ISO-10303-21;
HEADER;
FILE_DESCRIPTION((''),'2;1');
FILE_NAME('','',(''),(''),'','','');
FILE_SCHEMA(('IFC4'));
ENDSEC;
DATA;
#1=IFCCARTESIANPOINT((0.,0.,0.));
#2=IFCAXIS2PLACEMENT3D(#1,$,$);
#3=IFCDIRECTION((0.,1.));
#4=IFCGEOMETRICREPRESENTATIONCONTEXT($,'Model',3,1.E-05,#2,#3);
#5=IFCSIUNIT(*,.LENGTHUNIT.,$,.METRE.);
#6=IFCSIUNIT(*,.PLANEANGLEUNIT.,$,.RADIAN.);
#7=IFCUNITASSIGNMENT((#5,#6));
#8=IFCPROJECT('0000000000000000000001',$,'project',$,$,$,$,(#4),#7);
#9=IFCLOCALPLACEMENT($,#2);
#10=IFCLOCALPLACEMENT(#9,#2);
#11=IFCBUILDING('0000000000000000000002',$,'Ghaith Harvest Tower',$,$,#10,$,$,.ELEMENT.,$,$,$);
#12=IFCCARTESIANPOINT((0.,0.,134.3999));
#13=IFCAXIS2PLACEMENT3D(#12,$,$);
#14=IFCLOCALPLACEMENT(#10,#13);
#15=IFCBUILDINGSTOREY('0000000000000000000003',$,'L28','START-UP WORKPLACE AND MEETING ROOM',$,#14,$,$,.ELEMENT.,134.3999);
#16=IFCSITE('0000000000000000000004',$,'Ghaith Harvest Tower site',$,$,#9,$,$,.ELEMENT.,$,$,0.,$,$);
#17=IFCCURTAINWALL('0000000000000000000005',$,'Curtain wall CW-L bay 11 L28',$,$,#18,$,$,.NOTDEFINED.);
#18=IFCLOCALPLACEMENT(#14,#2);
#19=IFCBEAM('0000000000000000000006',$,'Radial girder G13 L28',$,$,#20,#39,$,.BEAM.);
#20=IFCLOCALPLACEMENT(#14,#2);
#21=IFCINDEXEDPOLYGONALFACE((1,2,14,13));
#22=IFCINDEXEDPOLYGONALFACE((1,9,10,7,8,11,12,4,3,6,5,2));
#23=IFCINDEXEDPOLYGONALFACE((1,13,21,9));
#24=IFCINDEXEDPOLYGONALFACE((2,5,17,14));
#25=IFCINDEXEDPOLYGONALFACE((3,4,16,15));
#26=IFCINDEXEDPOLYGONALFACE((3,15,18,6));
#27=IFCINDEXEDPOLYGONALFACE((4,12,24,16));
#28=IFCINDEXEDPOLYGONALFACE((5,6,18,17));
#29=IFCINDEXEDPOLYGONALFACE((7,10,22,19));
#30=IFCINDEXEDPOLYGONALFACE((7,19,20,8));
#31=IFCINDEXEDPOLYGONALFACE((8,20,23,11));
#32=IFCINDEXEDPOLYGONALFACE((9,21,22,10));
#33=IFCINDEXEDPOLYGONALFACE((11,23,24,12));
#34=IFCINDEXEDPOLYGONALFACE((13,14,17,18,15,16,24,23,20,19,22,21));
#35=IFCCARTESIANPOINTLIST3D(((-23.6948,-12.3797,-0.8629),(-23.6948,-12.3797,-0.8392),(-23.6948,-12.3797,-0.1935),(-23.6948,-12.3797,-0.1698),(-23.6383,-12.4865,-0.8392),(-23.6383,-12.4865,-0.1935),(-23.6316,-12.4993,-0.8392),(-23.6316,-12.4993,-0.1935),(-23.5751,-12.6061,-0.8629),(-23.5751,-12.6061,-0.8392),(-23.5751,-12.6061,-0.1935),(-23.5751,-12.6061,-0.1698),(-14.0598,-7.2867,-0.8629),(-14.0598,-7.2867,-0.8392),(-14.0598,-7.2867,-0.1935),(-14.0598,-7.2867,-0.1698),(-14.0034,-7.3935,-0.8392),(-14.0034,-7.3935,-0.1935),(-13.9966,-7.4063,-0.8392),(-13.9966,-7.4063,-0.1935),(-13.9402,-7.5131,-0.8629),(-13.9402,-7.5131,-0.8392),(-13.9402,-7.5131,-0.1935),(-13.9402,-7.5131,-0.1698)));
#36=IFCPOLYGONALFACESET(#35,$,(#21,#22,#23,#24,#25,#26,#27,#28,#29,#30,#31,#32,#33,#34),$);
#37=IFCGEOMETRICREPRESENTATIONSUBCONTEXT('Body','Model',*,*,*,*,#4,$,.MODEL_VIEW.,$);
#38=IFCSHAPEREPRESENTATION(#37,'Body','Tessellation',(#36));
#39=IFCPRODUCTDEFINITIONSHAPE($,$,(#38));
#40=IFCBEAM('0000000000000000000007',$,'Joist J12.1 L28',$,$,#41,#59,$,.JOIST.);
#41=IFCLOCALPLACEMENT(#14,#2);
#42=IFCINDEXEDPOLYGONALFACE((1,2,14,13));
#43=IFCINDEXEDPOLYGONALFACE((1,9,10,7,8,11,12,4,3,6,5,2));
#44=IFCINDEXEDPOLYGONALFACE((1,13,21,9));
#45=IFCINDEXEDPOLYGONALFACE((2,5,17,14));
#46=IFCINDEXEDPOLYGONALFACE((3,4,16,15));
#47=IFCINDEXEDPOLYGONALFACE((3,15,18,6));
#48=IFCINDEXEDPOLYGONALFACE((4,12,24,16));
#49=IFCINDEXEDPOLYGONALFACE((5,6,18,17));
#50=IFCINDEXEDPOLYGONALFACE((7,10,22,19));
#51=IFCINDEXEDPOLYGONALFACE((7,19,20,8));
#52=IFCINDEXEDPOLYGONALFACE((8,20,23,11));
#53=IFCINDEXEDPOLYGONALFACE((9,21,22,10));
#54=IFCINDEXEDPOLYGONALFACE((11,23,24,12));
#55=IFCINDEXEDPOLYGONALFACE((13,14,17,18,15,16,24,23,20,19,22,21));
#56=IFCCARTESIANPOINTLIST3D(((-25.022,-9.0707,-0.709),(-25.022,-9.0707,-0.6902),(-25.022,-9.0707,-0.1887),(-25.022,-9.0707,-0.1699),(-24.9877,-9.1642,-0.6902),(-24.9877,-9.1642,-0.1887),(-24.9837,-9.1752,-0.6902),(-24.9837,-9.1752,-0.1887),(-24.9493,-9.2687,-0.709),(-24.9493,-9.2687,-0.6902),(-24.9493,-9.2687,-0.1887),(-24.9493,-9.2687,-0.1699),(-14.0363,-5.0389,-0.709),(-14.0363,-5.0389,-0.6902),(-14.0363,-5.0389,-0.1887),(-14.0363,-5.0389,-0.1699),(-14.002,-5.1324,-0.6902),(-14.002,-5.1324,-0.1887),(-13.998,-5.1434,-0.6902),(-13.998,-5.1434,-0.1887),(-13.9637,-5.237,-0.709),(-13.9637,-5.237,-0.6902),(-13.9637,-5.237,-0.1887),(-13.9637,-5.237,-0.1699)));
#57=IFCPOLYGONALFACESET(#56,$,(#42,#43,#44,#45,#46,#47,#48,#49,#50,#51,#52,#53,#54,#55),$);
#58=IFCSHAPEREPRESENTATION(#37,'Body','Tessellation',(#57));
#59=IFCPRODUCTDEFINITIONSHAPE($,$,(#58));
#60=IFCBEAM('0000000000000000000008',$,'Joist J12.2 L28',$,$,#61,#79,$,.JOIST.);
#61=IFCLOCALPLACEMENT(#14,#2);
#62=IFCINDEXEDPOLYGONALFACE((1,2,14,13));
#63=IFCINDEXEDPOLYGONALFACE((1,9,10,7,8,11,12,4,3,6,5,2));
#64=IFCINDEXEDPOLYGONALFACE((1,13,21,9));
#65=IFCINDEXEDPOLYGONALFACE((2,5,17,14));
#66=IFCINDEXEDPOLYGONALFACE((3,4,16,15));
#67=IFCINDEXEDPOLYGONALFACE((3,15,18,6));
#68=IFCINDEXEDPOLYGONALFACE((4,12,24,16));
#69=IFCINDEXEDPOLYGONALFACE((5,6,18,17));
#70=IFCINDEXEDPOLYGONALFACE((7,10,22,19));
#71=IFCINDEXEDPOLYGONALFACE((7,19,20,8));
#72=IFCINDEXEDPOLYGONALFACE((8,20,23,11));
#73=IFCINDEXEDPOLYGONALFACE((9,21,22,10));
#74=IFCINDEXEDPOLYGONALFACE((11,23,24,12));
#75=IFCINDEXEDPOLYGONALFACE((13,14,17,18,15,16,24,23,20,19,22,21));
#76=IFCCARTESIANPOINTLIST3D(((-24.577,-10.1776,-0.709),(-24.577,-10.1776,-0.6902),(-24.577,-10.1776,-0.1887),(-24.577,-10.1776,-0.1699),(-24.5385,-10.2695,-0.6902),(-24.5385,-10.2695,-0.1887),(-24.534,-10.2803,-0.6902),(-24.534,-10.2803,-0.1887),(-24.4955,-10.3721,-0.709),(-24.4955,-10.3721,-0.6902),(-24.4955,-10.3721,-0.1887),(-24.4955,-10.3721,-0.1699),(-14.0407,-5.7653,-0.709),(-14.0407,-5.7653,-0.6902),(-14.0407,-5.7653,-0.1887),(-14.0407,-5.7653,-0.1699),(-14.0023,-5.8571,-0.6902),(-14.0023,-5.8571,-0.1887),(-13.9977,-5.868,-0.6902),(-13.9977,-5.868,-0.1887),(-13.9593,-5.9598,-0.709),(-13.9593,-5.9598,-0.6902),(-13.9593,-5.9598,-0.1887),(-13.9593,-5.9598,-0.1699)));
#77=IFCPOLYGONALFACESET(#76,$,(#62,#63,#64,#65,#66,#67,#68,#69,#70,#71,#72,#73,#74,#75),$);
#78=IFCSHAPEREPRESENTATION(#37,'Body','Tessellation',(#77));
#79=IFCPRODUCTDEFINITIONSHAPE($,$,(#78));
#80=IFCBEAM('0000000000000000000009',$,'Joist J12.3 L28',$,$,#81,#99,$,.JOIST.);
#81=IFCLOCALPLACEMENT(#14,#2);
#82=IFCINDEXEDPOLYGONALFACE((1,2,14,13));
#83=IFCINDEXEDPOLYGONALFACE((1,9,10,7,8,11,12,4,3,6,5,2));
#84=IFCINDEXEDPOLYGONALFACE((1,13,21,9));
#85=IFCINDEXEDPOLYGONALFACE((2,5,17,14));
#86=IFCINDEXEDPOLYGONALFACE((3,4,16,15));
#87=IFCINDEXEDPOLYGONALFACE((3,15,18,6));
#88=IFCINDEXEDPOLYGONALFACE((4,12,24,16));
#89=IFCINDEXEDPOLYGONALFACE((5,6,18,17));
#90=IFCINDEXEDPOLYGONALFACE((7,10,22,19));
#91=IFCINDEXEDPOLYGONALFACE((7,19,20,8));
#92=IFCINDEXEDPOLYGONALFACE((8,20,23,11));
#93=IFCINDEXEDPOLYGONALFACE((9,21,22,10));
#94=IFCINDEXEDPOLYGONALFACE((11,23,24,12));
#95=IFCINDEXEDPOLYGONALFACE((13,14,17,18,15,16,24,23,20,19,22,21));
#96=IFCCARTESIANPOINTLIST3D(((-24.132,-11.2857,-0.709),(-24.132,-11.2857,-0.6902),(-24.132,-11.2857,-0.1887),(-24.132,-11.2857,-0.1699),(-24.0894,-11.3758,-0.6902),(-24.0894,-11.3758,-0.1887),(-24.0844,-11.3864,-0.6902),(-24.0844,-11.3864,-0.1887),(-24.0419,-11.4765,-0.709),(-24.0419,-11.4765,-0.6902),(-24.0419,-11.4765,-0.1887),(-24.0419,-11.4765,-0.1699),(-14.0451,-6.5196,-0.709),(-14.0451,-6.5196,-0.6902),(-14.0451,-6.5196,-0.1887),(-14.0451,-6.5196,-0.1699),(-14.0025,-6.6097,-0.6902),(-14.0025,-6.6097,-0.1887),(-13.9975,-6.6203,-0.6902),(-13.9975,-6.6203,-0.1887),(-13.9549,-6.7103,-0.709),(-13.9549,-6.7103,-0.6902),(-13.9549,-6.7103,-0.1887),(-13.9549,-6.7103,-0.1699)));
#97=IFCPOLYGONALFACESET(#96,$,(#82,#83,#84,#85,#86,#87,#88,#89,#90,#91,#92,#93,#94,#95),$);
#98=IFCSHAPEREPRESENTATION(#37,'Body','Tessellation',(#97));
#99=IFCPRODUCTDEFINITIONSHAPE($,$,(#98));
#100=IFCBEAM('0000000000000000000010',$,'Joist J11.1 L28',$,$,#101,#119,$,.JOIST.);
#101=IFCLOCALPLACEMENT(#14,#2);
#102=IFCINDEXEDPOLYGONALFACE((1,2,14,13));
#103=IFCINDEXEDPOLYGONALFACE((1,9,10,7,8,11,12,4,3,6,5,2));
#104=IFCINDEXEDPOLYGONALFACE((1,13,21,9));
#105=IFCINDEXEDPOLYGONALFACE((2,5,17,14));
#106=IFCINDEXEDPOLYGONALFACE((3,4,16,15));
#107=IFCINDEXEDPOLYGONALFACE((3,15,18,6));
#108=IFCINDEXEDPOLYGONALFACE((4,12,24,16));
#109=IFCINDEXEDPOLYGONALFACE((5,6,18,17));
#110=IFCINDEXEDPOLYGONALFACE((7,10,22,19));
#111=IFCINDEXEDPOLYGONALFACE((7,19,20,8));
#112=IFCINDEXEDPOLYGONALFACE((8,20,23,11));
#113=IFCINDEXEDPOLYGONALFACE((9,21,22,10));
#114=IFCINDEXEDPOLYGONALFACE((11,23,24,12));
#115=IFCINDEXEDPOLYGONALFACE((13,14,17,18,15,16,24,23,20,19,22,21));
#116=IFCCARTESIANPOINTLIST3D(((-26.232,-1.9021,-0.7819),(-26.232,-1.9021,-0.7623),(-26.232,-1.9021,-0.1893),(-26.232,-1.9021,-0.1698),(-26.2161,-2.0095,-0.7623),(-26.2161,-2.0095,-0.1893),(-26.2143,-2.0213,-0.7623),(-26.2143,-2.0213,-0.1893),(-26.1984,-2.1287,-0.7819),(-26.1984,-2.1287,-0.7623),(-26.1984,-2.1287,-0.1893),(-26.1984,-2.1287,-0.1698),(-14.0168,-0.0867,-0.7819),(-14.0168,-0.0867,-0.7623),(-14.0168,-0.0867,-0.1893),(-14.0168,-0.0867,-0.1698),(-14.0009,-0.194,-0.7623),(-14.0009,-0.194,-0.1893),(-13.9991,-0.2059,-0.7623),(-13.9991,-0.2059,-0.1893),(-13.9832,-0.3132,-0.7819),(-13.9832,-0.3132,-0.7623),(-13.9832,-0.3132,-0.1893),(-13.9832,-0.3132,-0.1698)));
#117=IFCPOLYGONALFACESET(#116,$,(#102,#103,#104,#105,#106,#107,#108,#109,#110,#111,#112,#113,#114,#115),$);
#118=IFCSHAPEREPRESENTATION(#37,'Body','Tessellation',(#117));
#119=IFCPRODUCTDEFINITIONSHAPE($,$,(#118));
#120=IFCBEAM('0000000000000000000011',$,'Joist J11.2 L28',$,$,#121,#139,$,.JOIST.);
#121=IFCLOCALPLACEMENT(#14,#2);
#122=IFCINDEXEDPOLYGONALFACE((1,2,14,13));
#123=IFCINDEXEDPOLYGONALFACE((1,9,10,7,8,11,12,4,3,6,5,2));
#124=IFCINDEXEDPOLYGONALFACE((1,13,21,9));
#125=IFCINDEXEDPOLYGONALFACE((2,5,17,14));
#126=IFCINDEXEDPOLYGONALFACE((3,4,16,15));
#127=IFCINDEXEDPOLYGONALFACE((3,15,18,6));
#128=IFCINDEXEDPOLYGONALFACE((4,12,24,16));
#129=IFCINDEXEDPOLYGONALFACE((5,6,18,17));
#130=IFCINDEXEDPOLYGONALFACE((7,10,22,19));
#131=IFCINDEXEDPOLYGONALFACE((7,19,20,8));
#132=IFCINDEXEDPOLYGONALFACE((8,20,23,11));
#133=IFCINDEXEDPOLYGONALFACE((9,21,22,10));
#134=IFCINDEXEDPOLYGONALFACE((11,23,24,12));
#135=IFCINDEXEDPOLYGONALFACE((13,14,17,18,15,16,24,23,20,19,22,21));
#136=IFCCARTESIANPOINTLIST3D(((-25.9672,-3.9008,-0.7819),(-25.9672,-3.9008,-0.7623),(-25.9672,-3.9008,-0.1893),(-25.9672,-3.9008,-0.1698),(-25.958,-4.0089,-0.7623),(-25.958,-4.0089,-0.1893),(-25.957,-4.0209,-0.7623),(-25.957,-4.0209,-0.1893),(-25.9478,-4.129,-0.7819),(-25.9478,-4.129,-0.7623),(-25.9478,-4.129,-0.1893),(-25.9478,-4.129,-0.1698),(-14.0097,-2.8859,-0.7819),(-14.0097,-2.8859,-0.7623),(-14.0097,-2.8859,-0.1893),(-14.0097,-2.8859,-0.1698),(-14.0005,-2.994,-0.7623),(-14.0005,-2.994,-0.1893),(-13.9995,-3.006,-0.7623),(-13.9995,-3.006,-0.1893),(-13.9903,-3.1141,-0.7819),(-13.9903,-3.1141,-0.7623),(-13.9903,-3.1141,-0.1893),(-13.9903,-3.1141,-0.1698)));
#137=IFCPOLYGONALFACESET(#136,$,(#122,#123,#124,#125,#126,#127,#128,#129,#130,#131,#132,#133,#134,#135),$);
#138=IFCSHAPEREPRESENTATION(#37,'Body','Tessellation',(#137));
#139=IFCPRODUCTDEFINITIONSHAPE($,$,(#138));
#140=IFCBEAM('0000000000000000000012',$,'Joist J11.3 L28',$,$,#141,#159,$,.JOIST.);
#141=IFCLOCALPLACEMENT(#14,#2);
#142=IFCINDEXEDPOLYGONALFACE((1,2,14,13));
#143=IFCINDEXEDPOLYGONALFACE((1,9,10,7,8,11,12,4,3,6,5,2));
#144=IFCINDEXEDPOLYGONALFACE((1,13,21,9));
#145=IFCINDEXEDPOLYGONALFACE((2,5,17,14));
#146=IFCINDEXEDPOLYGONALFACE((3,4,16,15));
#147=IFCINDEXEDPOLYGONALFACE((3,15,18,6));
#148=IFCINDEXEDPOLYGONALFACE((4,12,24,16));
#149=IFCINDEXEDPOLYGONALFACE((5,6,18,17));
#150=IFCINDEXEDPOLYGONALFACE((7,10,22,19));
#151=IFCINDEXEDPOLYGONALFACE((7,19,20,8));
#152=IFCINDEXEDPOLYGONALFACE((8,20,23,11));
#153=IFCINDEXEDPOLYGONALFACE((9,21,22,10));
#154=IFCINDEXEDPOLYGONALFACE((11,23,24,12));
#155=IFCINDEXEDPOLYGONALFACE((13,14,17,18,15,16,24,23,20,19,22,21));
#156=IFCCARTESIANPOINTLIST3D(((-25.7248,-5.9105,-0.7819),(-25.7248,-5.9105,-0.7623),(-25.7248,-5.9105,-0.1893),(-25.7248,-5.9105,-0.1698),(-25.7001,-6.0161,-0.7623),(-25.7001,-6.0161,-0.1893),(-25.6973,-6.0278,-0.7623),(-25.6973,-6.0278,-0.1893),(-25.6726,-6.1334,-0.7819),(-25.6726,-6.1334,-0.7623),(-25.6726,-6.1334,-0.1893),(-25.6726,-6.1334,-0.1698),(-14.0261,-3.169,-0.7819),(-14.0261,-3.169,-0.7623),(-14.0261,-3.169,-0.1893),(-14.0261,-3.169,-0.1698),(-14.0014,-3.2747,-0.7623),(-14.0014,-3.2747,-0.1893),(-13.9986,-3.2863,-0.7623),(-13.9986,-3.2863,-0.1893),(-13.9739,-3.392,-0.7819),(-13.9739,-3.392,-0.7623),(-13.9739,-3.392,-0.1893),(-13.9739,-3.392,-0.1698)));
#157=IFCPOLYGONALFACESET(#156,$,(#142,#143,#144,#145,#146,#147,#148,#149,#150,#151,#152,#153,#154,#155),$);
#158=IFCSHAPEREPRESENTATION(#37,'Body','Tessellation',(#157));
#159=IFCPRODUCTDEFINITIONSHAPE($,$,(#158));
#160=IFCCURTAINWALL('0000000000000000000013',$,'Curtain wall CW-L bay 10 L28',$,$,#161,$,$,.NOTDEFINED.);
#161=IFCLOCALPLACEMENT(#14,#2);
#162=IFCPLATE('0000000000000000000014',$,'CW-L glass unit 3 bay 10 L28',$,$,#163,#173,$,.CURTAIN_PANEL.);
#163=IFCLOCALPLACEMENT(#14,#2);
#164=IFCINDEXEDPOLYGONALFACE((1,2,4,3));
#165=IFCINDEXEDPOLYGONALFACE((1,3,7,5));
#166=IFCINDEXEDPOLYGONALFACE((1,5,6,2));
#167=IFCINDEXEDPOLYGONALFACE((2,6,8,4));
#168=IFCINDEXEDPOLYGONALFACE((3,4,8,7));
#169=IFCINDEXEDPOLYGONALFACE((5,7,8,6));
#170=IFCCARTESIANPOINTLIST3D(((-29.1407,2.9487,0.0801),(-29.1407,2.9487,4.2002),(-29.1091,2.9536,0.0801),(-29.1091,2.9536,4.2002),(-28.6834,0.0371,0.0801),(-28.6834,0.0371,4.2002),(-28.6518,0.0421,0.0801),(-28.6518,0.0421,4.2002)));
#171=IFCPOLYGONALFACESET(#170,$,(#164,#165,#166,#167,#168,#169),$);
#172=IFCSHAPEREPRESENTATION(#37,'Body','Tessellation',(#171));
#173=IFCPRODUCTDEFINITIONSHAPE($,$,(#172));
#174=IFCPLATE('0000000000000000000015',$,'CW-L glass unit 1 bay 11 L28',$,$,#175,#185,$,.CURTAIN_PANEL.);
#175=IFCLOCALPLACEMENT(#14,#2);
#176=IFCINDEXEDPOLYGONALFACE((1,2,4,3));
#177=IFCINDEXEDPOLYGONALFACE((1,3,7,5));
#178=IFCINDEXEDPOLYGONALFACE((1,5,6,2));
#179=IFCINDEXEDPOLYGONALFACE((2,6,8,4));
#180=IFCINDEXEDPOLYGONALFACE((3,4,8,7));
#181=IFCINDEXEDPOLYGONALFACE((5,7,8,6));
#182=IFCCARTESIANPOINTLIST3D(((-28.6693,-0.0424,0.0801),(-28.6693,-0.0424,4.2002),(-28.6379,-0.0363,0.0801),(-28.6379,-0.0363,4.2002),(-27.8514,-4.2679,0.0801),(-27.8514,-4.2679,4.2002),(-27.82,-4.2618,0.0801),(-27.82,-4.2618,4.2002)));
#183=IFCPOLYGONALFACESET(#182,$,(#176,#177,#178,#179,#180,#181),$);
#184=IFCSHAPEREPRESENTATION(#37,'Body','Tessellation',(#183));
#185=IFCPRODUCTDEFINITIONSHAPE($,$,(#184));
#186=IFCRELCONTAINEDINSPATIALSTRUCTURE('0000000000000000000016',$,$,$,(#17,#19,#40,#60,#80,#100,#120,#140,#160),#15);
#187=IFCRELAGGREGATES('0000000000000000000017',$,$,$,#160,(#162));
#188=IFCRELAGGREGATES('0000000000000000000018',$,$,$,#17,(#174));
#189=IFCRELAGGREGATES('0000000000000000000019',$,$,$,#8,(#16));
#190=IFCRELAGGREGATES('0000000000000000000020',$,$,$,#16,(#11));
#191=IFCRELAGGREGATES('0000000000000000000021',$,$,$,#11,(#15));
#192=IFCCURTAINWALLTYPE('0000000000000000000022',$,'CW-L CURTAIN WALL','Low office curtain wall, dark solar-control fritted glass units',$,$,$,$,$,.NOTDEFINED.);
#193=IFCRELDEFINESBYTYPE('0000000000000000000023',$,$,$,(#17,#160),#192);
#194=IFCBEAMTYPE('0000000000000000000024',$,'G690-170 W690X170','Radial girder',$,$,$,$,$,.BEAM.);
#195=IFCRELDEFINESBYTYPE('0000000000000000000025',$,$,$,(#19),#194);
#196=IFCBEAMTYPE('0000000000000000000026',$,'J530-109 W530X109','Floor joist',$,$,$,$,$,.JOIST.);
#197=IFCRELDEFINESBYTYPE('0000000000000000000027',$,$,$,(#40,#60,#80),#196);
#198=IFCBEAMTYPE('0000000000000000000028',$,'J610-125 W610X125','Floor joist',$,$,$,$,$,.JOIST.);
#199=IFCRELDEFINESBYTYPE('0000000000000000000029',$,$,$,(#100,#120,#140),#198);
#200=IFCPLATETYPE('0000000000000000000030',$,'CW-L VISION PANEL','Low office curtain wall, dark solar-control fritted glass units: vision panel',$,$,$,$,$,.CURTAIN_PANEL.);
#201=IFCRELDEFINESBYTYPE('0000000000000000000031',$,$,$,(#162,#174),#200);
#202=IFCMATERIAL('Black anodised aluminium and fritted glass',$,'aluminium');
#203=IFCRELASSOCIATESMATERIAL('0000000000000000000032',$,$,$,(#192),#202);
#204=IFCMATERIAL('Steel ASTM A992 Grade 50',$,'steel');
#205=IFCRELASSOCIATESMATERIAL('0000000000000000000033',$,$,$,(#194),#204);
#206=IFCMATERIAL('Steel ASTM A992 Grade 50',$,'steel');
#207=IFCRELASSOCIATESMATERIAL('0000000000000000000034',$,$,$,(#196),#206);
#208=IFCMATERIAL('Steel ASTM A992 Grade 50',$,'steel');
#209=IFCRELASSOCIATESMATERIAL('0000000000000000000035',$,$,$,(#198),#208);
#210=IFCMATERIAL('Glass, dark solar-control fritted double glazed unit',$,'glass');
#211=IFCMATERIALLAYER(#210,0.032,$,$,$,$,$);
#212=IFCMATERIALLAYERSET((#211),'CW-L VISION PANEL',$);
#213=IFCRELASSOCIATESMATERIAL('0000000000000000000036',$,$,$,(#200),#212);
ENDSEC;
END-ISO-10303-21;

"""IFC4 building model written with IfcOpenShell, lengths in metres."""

from ifc_helpers import new_model, si_unit, direction, frame, origin, origin_2d, place, context, subcontext, project, spatial, rectangle, i_section, extrude, material, layer, layer_set, material_profile, profile_set, type_object, element, aggregate, save


model = new_model("IFC4")

# Units and contexts
model_context = context("Model", 3, precision=1e-05, world=origin(), true_north=direction((0.0, 1.0)))
body_context = subcontext(model_context, "Body", "Model", "MODEL_VIEW")
ifc_project = project(units=[si_unit("LENGTHUNIT", "METRE"), si_unit("PLANEANGLEUNIT", "RADIAN")], contexts=[model_context])

# Site, building, storey
site_placement = place(None, origin())
site = spatial("IfcSite", under=ifc_project, at=site_placement, Name="Ghaith Harvest Tower site", CompositionType="ELEMENT", RefElevation=0.0)
building_placement = place(site_placement, origin())
building = spatial("IfcBuilding", under=site, at=building_placement, Name="Ghaith Harvest Tower", CompositionType="ELEMENT")
storey_placement = place(building_placement, frame((0.0, 0.0, 134.3999)))
storey = spatial("IfcBuildingStorey", under=building, at=storey_placement, Name="L28", Description="START-UP WORKPLACE AND MEETING ROOM", CompositionType="ELEMENT", Elevation=134.3999)

# Curtain wall
ifc_material_1 = material(Name="Black anodised aluminium and fritted glass", Category="aluminium")
curtain_wall_type = type_object("IfcCurtainWallType", Name="CW-L CURTAIN WALL", Description="Low office curtain wall, dark solar-control fritted glass units", PredefinedType="NOTDEFINED", material=ifc_material_1)
curtain_wall_1_placement = place(storey_placement, origin())
curtain_wall_1 = element("IfcCurtainWall", 1, at=curtain_wall_1_placement, inside=storey, type_object=curtain_wall_type, Name="Curtain wall CW-L bay 11 L28", PredefinedType="NOTDEFINED")

# Beams
ifc_material_2 = material(Name="Steel ASTM A992 Grade 50", Category="steel")
ifc_material_profile_1 = material_profile(ifc_material_2, i_section(OverallWidth=0.2561, OverallDepth=0.6931, WebThickness=0.0144, FlangeThickness=0.0237, at=origin_2d()), Name="W690X170")
ifc_profile_set_1 = profile_set([ifc_material_profile_1], Name="Steel ASTM A992 Grade 50")
beam_type_1 = type_object("IfcBeamType", Name="G690-170 W690X170", Description="Radial girder", PredefinedType="BEAM", material=ifc_profile_set_1)
beam_1_placement = place(storey_placement, frame((-14.0, -7.3999, -0.5164), z_axis=(-0.884086, -0.467324, 0.0), x_axis=(0.467324, -0.884086, 0.0)))
element("IfcBeam", 2, at=beam_1_placement, inside=storey, type_object=beam_type_1, Name="Radial girder G13 L28", PredefinedType="BEAM", context=body_context, shape_type="SweptSolid", body=[
    extrude(i_section(OverallWidth=0.2561, OverallDepth=0.6931, WebThickness=0.0144, FlangeThickness=0.0237, at=origin_2d()), origin(), (0.0, 0.0, 1.0), 10.8982),
])
ifc_material_3 = material(Name="Steel ASTM A992 Grade 50", Category="steel")
ifc_material_profile_2 = material_profile(ifc_material_3, i_section(OverallWidth=0.2109, OverallDepth=0.5391, WebThickness=0.0117, FlangeThickness=0.0188, at=origin_2d()), Name="W530X109")
ifc_profile_set_2 = profile_set([ifc_material_profile_2], Name="Steel ASTM A992 Grade 50")
beam_type_2 = type_object("IfcBeamType", Name="J530-109 W530X109", Description="Floor joist", PredefinedType="JOIST", material=ifc_profile_set_2)
beam_2_placement = place(storey_placement, frame((-14.0, -5.1379, -0.4395), z_axis=(-0.938774, -0.344532, 0.0), x_axis=(0.344532, -0.938774, 0.0)))
element("IfcBeam", 3, at=beam_2_placement, inside=storey, type_object=beam_type_2, Name="Joist J12.1 L28", PredefinedType="JOIST", context=body_context, shape_type="SweptSolid", body=[
    extrude(i_section(OverallWidth=0.2109, OverallDepth=0.5391, WebThickness=0.0117, FlangeThickness=0.0188, at=origin_2d()), origin(), (0.0, 0.0, 1.0), 11.7021),
])
beam_3_placement = place(storey_placement, frame((-14.0, -5.8625, -0.4395), z_axis=(-0.922386, -0.38627, 0.0), x_axis=(0.38627, -0.922386, 0.0)))
element("IfcBeam", 4, at=beam_3_placement, inside=storey, type_object=beam_type_2, Name="Joist J12.2 L28", PredefinedType="JOIST", context=body_context, shape_type="SweptSolid", body=[
    extrude(i_section(OverallWidth=0.2109, OverallDepth=0.5391, WebThickness=0.0117, FlangeThickness=0.0188, at=origin_2d()), origin(), (0.0, 0.0, 1.0), 11.4229),
])
beam_4_placement = place(storey_placement, frame((-14.0, -6.615, -0.4395), z_axis=(-0.90415, -0.427215, 0.0), x_axis=(0.427215, -0.90415, 0.0)))
element("IfcBeam", 5, at=beam_4_placement, inside=storey, type_object=beam_type_2, Name="Joist J12.3 L28", PredefinedType="JOIST", context=body_context, shape_type="SweptSolid", body=[
    extrude(i_section(OverallWidth=0.2109, OverallDepth=0.5391, WebThickness=0.0117, FlangeThickness=0.0188, at=origin_2d()), origin(), (0.0, 0.0, 1.0), 11.1562),
])
ifc_material_4 = material(Name="Steel ASTM A992 Grade 50", Category="steel")
ifc_material_profile_3 = material_profile(ifc_material_4, i_section(OverallWidth=0.229, OverallDepth=0.6121, WebThickness=0.012, FlangeThickness=0.0195, at=origin_2d()), Name="W610X125")
ifc_profile_set_3 = profile_set([ifc_material_profile_3], Name="Steel ASTM A992 Grade 50")
beam_type_3 = type_object("IfcBeamType", Name="J610-125 W610X125", Description="Floor joist", PredefinedType="JOIST", material=ifc_profile_set_3)
beam_5_placement = place(storey_placement, frame((-14.0, -0.2, -0.4758), z_axis=(-0.989135, -0.147007, 0.0), x_axis=(0.147007, -0.989135, 0.0)))
element("IfcBeam", 6, at=beam_5_placement, inside=storey, type_object=beam_type_3, Name="Joist J11.1 L28", PredefinedType="JOIST", context=body_context, shape_type="SweptSolid", body=[
    extrude(i_section(OverallWidth=0.229, OverallDepth=0.6121, WebThickness=0.012, FlangeThickness=0.0195, at=origin_2d()), origin(), (0.0, 0.0, 1.0), 12.3494),
])
beam_6_placement = place(storey_placement, frame((-14.0, -3.0, -0.4758), z_axis=(-0.996417, -0.084571, 0.0), x_axis=(0.084571, -0.996417, 0.0)))
element("IfcBeam", 7, at=beam_6_placement, inside=storey, type_object=beam_type_3, Name="Joist J11.2 L28", PredefinedType="JOIST", context=body_context, shape_type="SweptSolid", body=[
    extrude(i_section(OverallWidth=0.229, OverallDepth=0.6121, WebThickness=0.012, FlangeThickness=0.0195, at=origin_2d()), origin(), (0.0, 0.0, 1.0), 12.0005),
])
beam_7_placement = place(storey_placement, frame((-14.0, -3.2805, -0.4758), z_axis=(-0.973624, -0.228157, 0.0), x_axis=(0.228157, -0.973624, 0.0)))
element("IfcBeam", 8, at=beam_7_placement, inside=storey, type_object=beam_type_3, Name="Joist J11.3 L28", PredefinedType="JOIST", context=body_context, shape_type="SweptSolid", body=[
    extrude(i_section(OverallWidth=0.229, OverallDepth=0.6121, WebThickness=0.012, FlangeThickness=0.0195, at=origin_2d()), origin(), (0.0, 0.0, 1.0), 12.0156),
])

# Curtain wall, plate
curtain_wall_2_placement = place(storey_placement, origin())
curtain_wall_2 = element("IfcCurtainWall", 9, at=curtain_wall_2_placement, inside=storey, type_object=curtain_wall_type, Name="Curtain wall CW-L bay 10 L28", PredefinedType="NOTDEFINED")
ifc_material_5 = material(Name="Glass, dark solar-control fritted double glazed unit", Category="glass")
ifc_layer_1 = layer(ifc_material_5, 0.032)
ifc_layer_set_1 = layer_set([ifc_layer_1], Name="CW-L VISION PANEL")
plate_type_1 = type_object("IfcPlateType", Name="CW-L VISION PANEL", Description="Low office curtain wall, dark solar-control fritted glass units: vision panel", PredefinedType="CURTAIN_PANEL", material=ifc_layer_set_1)
plate_1_placement = place(storey_placement, frame((-28.8962, 1.4954, 0.0801), z_axis=(0.0, 0.0, 1.0), x_axis=(0.155172, -0.987887, 0.0)))
plate_1 = element("IfcPlate", 10, at=plate_1_placement, type_object=plate_type_1, Name="CW-L glass unit 3 bay 10 L28", PredefinedType="CURTAIN_PANEL", context=body_context, shape_type="SweptSolid", body=[
    extrude(rectangle(XDim=2.9473, YDim=0.032, at=origin_2d()), origin(), (0.0, 0.0, 1.0), 4.1201),
])
aggregate(curtain_wall_2, [plate_1])

# Plate
plate_2_placement = place(storey_placement, frame((-28.2446, -2.1521, 0.0801), z_axis=(0.0, 0.0, 1.0), x_axis=(0.190045, -0.981775, 0.0)))
plate_2 = element("IfcPlate", 11, at=plate_2_placement, type_object=plate_type_1, Name="CW-L glass unit 1 bay 11 L28", PredefinedType="CURTAIN_PANEL", context=body_context, shape_type="SweptSolid", body=[
    extrude(rectangle(XDim=4.304, YDim=0.032, at=origin_2d()), origin(), (0.0, 0.0, 1.0), 4.1201),
])
aggregate(curtain_wall_1, [plate_2])

save(model, "model.ifc")
